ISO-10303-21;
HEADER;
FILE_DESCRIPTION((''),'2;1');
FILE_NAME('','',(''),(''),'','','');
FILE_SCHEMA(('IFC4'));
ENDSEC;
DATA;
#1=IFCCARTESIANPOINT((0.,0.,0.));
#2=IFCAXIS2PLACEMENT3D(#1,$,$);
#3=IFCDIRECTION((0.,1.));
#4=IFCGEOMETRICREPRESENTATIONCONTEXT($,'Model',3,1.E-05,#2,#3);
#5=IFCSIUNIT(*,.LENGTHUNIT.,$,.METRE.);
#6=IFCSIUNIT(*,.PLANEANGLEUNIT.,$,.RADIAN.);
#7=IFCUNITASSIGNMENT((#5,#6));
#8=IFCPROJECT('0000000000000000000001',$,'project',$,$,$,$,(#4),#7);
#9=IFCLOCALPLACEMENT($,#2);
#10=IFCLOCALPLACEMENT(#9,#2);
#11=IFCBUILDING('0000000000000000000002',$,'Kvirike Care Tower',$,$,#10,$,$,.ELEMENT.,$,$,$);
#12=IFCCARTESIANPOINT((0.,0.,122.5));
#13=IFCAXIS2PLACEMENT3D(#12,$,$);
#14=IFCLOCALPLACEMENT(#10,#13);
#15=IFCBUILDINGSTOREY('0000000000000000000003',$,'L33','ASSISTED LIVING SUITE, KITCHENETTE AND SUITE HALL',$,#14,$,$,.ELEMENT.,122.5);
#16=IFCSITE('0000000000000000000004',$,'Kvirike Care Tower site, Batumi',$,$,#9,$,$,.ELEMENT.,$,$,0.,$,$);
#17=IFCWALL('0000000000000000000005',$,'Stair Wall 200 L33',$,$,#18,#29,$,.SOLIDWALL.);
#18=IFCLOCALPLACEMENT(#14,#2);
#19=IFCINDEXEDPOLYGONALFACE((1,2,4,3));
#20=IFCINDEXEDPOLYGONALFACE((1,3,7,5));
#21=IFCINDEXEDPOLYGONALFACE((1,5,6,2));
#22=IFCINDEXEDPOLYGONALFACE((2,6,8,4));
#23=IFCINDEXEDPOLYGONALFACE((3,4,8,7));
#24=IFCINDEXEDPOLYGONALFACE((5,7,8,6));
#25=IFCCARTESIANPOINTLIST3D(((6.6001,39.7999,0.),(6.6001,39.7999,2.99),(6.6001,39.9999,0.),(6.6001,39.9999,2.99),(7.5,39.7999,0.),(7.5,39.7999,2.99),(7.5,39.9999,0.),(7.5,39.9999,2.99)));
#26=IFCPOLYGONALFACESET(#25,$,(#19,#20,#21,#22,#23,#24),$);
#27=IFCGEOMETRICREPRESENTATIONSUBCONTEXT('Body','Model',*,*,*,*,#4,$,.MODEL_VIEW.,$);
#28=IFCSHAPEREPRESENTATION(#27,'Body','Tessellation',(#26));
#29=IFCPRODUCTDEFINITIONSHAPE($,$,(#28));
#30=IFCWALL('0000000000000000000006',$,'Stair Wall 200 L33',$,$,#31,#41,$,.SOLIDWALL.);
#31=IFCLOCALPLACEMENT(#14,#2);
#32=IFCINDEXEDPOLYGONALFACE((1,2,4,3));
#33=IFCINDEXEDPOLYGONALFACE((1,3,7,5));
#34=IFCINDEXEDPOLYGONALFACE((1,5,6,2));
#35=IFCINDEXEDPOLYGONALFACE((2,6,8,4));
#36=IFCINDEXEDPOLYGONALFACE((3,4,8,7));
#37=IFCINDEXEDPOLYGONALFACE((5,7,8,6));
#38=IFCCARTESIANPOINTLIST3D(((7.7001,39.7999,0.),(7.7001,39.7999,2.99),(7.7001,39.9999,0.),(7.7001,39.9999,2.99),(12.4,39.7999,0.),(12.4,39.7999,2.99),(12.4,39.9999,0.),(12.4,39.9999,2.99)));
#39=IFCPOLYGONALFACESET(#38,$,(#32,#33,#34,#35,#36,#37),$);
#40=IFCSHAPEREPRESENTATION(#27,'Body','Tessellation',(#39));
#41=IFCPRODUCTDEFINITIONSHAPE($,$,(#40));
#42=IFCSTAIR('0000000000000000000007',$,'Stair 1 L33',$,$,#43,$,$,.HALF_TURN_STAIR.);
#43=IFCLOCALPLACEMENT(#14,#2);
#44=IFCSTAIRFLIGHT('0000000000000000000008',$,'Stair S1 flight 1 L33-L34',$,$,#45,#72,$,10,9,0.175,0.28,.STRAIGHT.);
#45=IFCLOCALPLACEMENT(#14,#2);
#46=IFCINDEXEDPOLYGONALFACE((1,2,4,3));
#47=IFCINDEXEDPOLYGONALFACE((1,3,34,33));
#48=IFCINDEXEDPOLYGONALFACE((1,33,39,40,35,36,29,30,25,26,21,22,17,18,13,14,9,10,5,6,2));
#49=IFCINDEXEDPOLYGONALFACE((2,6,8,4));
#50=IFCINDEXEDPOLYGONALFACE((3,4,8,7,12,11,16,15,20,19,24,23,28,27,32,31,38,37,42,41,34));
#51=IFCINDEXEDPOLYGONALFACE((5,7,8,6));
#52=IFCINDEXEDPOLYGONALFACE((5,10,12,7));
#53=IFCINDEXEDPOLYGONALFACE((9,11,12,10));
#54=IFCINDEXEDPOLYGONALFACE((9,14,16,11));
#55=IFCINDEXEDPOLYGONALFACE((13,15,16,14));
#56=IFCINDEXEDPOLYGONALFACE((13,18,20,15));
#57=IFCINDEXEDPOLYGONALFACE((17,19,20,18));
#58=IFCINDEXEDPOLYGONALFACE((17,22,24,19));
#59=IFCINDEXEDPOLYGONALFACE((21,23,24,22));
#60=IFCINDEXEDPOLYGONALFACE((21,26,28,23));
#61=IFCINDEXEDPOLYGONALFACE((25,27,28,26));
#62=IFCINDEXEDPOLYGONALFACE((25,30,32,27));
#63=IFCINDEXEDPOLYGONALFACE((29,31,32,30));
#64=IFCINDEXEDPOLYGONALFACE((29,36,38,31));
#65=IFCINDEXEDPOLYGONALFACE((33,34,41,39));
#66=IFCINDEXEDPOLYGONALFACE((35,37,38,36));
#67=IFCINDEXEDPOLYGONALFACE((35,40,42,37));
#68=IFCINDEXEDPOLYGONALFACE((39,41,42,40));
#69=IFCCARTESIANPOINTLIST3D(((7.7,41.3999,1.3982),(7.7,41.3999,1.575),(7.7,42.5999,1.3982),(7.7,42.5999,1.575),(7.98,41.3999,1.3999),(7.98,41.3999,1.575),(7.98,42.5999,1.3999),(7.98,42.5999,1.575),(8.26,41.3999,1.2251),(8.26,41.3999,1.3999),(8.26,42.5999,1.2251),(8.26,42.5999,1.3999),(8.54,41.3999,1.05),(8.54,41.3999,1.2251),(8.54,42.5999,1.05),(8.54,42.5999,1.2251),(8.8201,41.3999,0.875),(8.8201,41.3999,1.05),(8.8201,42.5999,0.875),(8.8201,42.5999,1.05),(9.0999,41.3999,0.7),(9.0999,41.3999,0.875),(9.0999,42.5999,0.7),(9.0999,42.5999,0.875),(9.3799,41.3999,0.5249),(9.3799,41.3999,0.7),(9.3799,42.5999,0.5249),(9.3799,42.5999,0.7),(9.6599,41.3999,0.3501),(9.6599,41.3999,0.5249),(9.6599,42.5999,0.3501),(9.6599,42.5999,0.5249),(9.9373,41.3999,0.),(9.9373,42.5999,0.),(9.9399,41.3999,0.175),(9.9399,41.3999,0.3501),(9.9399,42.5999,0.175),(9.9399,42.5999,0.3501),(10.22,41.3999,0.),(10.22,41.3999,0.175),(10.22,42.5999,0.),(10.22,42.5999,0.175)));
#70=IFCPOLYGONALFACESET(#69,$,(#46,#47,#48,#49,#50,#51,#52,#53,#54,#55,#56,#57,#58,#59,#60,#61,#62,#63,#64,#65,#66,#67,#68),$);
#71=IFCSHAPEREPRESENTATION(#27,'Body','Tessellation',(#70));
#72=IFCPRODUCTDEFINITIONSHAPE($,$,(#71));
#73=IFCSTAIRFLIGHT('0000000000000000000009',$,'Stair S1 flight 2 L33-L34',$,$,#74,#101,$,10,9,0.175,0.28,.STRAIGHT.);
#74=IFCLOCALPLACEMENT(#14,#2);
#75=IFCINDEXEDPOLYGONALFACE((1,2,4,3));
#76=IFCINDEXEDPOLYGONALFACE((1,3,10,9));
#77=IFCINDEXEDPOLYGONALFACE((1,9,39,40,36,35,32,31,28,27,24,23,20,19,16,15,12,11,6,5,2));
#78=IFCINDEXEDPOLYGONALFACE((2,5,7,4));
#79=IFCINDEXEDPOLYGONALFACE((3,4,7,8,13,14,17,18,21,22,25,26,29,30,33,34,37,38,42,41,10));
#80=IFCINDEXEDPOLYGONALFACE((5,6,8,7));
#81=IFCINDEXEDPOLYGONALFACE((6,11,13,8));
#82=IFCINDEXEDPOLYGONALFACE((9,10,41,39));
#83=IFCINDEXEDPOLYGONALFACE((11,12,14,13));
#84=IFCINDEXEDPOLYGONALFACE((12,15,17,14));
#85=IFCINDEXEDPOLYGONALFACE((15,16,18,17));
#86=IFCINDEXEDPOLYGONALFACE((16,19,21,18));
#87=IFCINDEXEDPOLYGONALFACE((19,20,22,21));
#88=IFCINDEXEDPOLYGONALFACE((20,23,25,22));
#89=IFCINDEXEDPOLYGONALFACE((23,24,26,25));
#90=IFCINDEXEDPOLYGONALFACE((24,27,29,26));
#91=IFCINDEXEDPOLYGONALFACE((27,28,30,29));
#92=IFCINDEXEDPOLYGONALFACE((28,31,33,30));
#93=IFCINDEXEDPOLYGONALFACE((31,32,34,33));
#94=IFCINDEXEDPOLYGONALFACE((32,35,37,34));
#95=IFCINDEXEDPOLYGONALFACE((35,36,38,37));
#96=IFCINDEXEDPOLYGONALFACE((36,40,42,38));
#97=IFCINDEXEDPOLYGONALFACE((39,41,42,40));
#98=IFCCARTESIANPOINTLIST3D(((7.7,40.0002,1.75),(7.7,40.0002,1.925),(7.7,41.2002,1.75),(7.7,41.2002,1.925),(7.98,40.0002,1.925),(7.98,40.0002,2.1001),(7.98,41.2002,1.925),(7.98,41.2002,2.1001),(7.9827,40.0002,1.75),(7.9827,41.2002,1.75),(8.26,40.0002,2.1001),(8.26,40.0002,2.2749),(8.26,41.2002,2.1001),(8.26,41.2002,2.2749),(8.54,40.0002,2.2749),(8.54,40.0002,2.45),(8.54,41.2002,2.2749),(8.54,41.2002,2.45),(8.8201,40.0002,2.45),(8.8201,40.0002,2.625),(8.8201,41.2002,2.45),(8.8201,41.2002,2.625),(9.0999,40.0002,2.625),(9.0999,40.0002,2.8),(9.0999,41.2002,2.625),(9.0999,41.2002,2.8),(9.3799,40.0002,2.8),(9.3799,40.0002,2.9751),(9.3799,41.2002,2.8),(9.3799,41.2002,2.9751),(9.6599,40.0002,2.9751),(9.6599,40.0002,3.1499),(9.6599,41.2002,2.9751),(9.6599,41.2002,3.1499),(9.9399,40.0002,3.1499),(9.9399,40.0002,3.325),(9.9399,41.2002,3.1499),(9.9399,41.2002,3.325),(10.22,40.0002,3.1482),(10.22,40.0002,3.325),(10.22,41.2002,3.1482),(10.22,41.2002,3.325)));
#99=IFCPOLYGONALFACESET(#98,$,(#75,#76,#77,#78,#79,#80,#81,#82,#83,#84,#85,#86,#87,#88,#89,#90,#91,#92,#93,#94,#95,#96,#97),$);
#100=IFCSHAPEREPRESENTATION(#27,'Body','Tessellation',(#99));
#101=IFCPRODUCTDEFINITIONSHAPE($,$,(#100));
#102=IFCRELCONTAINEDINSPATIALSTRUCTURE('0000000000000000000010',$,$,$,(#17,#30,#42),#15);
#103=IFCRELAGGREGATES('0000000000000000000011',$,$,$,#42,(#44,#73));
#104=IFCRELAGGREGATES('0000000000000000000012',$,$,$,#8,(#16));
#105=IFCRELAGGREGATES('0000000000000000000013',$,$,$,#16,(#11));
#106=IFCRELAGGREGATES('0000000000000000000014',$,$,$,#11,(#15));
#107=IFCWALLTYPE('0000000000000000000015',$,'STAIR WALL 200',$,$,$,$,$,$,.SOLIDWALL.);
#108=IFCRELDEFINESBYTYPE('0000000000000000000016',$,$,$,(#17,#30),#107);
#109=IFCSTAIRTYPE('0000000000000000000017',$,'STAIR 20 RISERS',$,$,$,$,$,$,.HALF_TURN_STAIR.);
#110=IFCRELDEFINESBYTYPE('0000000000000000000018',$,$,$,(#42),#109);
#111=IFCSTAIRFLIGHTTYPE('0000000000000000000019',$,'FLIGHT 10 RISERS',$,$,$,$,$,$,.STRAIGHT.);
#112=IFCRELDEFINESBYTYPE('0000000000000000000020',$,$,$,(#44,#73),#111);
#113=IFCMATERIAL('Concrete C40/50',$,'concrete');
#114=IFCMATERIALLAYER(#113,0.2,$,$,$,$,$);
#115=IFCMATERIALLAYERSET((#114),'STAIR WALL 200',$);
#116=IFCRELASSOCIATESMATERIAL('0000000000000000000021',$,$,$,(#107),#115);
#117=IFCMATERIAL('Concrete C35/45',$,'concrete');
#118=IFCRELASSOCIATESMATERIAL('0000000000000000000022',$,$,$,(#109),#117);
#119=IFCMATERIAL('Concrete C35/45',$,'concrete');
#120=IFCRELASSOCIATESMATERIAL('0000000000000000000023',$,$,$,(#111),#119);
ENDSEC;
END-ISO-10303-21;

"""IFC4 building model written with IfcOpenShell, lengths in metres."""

from ifc_helpers import new_model, si_unit, direction, frame, frame_2d, origin, place, context, subcontext, project, spatial, polyline, rectangle, outline, extrude, material, layer, layer_set, type_object, element, aggregate, save


model = new_model("IFC4")

# Units and contexts
model_context = context("Model", 3, precision=1e-05, world=origin(), true_north=direction((0.0, 1.0)))
body_context = subcontext(model_context, "Body", "Model", "MODEL_VIEW")
ifc_project = project(units=[si_unit("LENGTHUNIT", "METRE"), si_unit("PLANEANGLEUNIT", "RADIAN")], contexts=[model_context])

# Site, building, storey
site_placement = place(None, origin())
site = spatial("IfcSite", under=ifc_project, at=site_placement, Name="Kvirike Care Tower site, Batumi", CompositionType="ELEMENT", RefElevation=0.0)
building_placement = place(site_placement, origin())
building = spatial("IfcBuilding", under=site, at=building_placement, Name="Kvirike Care Tower", CompositionType="ELEMENT")
storey_placement = place(building_placement, frame((0.0, 0.0, 122.5)))
storey = spatial("IfcBuildingStorey", under=building, at=storey_placement, Name="L33", Description="ASSISTED LIVING SUITE, KITCHENETTE AND SUITE HALL", CompositionType="ELEMENT", Elevation=122.5)

# Walls
ifc_material_1 = material(Name="Concrete C40/50", Category="concrete")
ifc_layer_1 = layer(ifc_material_1, 0.2)
ifc_layer_set_1 = layer_set([ifc_layer_1], Name="STAIR WALL 200")
wall_type_1 = type_object("IfcWallType", Name="STAIR WALL 200", PredefinedType="SOLIDWALL", material=ifc_layer_set_1)
wall_1_placement = place(storey_placement, frame((6.6001, 39.8999, 0.0), z_axis=(0.0, 0.0, 1.0), x_axis=(1.0, 0.0, 0.0)))
element("IfcWall", 1, at=wall_1_placement, inside=storey, type_object=wall_type_1, Name="Stair Wall 200 L33", PredefinedType="SOLIDWALL", context=body_context, shape_type="SweptSolid", body=[
    extrude(rectangle(XDim=0.8999, YDim=0.2, at=frame_2d((0.45, 0.0))), origin(), (0.0, 0.0, 1.0), 2.99),
])
wall_2_placement = place(storey_placement, frame((7.7, 39.8999, 0.0), z_axis=(0.0, 0.0, 1.0), x_axis=(1.0, 0.0, 0.0)))
element("IfcWall", 2, at=wall_2_placement, inside=storey, type_object=wall_type_1, Name="Stair Wall 200 L33", PredefinedType="SOLIDWALL", context=body_context, shape_type="SweptSolid", body=[
    extrude(rectangle(XDim=4.7, YDim=0.2, at=frame_2d((2.3501, 0.0))), origin(), (0.0, 0.0, 1.0), 2.99),
])

# Stair, stair flights
ifc_material_2 = material(Name="Concrete C35/45", Category="concrete")
stair_type = type_object("IfcStairType", Name="STAIR 20 RISERS", PredefinedType="HALF_TURN_STAIR", material=ifc_material_2)
stair_placement = place(storey_placement, origin())
stair = element("IfcStair", 3, at=stair_placement, inside=storey, type_object=stair_type, Name="Stair 1 L33", PredefinedType="HALF_TURN_STAIR")
ifc_material_3 = material(Name="Concrete C35/45", Category="concrete")
stair_flight_type = type_object("IfcStairFlightType", Name="FLIGHT 10 RISERS", PredefinedType="STRAIGHT", material=ifc_material_3)
stair_flight_1_placement = place(storey_placement, frame((10.22, 42.0, 0.0), z_axis=(0.0, 0.0, 1.0), x_axis=(-1.0, 0.0, 0.0)))
stair_flight_1 = element("IfcStairFlight", 4, at=stair_flight_1_placement, type_object=stair_flight_type, Name="Stair S1 flight 1 L33-L34", NumberOfRisers=10, NumberOfTreads=9, PredefinedType="STRAIGHT", RiserHeight=0.175, TreadLength=0.28, context=body_context, shape_type="SweptSolid", body=[
    extrude(outline(polyline([(0.0, 0.0), (0.0, 0.175), (0.28, 0.175), (0.28, 0.3501), (0.5601, 0.3501), (0.5601, 0.5249), (0.8401, 0.5249), (0.8401, 0.7), (1.1201, 0.7), (1.1201, 0.875), (1.3999, 0.875), (1.3999, 1.05), (1.6799, 1.05), (1.6799, 1.2251), (1.96, 1.2251), (1.96, 1.3999), (2.24, 1.3999), (2.24, 1.575), (2.52, 1.575), (2.52, 1.75), (2.52, 1.3982), (0.2827, 0.0), (0.0, 0.0)])), frame((0.0, 0.6001, 0.0), z_axis=(0.0, -1.0, 0.0), x_axis=(1.0, 0.0, 0.0)), (0.0, 0.0, 1.0), 1.2),
])
stair_flight_2_placement = place(storey_placement, frame((7.7, 40.6001, 1.75), z_axis=(0.0, 0.0, 1.0), x_axis=(1.0, 0.0, 0.0)))
stair_flight_2 = element("IfcStairFlight", 5, at=stair_flight_2_placement, type_object=stair_flight_type, Name="Stair S1 flight 2 L33-L34", NumberOfRisers=10, NumberOfTreads=9, PredefinedType="STRAIGHT", RiserHeight=0.175, TreadLength=0.28, context=body_context, shape_type="SweptSolid", body=[
    extrude(outline(polyline([(0.0, 0.0), (0.0, 0.175), (0.28, 0.175), (0.28, 0.3501), (0.5601, 0.3501), (0.5601, 0.5249), (0.8401, 0.5249), (0.8401, 0.7), (1.1201, 0.7), (1.1201, 0.875), (1.3999, 0.875), (1.3999, 1.05), (1.6799, 1.05), (1.6799, 1.2251), (1.96, 1.2251), (1.96, 1.3999), (2.24, 1.3999), (2.24, 1.575), (2.52, 1.575), (2.52, 1.75), (2.52, 1.3982), (0.2827, 0.0), (0.0, 0.0)])), frame((0.0, 0.6001, 0.0), z_axis=(0.0, -1.0, 0.0), x_axis=(1.0, 0.0, 0.0)), (0.0, 0.0, 1.0), 1.2),
])
aggregate(stair, [stair_flight_1, stair_flight_2])

save(model, "model.ifc")
